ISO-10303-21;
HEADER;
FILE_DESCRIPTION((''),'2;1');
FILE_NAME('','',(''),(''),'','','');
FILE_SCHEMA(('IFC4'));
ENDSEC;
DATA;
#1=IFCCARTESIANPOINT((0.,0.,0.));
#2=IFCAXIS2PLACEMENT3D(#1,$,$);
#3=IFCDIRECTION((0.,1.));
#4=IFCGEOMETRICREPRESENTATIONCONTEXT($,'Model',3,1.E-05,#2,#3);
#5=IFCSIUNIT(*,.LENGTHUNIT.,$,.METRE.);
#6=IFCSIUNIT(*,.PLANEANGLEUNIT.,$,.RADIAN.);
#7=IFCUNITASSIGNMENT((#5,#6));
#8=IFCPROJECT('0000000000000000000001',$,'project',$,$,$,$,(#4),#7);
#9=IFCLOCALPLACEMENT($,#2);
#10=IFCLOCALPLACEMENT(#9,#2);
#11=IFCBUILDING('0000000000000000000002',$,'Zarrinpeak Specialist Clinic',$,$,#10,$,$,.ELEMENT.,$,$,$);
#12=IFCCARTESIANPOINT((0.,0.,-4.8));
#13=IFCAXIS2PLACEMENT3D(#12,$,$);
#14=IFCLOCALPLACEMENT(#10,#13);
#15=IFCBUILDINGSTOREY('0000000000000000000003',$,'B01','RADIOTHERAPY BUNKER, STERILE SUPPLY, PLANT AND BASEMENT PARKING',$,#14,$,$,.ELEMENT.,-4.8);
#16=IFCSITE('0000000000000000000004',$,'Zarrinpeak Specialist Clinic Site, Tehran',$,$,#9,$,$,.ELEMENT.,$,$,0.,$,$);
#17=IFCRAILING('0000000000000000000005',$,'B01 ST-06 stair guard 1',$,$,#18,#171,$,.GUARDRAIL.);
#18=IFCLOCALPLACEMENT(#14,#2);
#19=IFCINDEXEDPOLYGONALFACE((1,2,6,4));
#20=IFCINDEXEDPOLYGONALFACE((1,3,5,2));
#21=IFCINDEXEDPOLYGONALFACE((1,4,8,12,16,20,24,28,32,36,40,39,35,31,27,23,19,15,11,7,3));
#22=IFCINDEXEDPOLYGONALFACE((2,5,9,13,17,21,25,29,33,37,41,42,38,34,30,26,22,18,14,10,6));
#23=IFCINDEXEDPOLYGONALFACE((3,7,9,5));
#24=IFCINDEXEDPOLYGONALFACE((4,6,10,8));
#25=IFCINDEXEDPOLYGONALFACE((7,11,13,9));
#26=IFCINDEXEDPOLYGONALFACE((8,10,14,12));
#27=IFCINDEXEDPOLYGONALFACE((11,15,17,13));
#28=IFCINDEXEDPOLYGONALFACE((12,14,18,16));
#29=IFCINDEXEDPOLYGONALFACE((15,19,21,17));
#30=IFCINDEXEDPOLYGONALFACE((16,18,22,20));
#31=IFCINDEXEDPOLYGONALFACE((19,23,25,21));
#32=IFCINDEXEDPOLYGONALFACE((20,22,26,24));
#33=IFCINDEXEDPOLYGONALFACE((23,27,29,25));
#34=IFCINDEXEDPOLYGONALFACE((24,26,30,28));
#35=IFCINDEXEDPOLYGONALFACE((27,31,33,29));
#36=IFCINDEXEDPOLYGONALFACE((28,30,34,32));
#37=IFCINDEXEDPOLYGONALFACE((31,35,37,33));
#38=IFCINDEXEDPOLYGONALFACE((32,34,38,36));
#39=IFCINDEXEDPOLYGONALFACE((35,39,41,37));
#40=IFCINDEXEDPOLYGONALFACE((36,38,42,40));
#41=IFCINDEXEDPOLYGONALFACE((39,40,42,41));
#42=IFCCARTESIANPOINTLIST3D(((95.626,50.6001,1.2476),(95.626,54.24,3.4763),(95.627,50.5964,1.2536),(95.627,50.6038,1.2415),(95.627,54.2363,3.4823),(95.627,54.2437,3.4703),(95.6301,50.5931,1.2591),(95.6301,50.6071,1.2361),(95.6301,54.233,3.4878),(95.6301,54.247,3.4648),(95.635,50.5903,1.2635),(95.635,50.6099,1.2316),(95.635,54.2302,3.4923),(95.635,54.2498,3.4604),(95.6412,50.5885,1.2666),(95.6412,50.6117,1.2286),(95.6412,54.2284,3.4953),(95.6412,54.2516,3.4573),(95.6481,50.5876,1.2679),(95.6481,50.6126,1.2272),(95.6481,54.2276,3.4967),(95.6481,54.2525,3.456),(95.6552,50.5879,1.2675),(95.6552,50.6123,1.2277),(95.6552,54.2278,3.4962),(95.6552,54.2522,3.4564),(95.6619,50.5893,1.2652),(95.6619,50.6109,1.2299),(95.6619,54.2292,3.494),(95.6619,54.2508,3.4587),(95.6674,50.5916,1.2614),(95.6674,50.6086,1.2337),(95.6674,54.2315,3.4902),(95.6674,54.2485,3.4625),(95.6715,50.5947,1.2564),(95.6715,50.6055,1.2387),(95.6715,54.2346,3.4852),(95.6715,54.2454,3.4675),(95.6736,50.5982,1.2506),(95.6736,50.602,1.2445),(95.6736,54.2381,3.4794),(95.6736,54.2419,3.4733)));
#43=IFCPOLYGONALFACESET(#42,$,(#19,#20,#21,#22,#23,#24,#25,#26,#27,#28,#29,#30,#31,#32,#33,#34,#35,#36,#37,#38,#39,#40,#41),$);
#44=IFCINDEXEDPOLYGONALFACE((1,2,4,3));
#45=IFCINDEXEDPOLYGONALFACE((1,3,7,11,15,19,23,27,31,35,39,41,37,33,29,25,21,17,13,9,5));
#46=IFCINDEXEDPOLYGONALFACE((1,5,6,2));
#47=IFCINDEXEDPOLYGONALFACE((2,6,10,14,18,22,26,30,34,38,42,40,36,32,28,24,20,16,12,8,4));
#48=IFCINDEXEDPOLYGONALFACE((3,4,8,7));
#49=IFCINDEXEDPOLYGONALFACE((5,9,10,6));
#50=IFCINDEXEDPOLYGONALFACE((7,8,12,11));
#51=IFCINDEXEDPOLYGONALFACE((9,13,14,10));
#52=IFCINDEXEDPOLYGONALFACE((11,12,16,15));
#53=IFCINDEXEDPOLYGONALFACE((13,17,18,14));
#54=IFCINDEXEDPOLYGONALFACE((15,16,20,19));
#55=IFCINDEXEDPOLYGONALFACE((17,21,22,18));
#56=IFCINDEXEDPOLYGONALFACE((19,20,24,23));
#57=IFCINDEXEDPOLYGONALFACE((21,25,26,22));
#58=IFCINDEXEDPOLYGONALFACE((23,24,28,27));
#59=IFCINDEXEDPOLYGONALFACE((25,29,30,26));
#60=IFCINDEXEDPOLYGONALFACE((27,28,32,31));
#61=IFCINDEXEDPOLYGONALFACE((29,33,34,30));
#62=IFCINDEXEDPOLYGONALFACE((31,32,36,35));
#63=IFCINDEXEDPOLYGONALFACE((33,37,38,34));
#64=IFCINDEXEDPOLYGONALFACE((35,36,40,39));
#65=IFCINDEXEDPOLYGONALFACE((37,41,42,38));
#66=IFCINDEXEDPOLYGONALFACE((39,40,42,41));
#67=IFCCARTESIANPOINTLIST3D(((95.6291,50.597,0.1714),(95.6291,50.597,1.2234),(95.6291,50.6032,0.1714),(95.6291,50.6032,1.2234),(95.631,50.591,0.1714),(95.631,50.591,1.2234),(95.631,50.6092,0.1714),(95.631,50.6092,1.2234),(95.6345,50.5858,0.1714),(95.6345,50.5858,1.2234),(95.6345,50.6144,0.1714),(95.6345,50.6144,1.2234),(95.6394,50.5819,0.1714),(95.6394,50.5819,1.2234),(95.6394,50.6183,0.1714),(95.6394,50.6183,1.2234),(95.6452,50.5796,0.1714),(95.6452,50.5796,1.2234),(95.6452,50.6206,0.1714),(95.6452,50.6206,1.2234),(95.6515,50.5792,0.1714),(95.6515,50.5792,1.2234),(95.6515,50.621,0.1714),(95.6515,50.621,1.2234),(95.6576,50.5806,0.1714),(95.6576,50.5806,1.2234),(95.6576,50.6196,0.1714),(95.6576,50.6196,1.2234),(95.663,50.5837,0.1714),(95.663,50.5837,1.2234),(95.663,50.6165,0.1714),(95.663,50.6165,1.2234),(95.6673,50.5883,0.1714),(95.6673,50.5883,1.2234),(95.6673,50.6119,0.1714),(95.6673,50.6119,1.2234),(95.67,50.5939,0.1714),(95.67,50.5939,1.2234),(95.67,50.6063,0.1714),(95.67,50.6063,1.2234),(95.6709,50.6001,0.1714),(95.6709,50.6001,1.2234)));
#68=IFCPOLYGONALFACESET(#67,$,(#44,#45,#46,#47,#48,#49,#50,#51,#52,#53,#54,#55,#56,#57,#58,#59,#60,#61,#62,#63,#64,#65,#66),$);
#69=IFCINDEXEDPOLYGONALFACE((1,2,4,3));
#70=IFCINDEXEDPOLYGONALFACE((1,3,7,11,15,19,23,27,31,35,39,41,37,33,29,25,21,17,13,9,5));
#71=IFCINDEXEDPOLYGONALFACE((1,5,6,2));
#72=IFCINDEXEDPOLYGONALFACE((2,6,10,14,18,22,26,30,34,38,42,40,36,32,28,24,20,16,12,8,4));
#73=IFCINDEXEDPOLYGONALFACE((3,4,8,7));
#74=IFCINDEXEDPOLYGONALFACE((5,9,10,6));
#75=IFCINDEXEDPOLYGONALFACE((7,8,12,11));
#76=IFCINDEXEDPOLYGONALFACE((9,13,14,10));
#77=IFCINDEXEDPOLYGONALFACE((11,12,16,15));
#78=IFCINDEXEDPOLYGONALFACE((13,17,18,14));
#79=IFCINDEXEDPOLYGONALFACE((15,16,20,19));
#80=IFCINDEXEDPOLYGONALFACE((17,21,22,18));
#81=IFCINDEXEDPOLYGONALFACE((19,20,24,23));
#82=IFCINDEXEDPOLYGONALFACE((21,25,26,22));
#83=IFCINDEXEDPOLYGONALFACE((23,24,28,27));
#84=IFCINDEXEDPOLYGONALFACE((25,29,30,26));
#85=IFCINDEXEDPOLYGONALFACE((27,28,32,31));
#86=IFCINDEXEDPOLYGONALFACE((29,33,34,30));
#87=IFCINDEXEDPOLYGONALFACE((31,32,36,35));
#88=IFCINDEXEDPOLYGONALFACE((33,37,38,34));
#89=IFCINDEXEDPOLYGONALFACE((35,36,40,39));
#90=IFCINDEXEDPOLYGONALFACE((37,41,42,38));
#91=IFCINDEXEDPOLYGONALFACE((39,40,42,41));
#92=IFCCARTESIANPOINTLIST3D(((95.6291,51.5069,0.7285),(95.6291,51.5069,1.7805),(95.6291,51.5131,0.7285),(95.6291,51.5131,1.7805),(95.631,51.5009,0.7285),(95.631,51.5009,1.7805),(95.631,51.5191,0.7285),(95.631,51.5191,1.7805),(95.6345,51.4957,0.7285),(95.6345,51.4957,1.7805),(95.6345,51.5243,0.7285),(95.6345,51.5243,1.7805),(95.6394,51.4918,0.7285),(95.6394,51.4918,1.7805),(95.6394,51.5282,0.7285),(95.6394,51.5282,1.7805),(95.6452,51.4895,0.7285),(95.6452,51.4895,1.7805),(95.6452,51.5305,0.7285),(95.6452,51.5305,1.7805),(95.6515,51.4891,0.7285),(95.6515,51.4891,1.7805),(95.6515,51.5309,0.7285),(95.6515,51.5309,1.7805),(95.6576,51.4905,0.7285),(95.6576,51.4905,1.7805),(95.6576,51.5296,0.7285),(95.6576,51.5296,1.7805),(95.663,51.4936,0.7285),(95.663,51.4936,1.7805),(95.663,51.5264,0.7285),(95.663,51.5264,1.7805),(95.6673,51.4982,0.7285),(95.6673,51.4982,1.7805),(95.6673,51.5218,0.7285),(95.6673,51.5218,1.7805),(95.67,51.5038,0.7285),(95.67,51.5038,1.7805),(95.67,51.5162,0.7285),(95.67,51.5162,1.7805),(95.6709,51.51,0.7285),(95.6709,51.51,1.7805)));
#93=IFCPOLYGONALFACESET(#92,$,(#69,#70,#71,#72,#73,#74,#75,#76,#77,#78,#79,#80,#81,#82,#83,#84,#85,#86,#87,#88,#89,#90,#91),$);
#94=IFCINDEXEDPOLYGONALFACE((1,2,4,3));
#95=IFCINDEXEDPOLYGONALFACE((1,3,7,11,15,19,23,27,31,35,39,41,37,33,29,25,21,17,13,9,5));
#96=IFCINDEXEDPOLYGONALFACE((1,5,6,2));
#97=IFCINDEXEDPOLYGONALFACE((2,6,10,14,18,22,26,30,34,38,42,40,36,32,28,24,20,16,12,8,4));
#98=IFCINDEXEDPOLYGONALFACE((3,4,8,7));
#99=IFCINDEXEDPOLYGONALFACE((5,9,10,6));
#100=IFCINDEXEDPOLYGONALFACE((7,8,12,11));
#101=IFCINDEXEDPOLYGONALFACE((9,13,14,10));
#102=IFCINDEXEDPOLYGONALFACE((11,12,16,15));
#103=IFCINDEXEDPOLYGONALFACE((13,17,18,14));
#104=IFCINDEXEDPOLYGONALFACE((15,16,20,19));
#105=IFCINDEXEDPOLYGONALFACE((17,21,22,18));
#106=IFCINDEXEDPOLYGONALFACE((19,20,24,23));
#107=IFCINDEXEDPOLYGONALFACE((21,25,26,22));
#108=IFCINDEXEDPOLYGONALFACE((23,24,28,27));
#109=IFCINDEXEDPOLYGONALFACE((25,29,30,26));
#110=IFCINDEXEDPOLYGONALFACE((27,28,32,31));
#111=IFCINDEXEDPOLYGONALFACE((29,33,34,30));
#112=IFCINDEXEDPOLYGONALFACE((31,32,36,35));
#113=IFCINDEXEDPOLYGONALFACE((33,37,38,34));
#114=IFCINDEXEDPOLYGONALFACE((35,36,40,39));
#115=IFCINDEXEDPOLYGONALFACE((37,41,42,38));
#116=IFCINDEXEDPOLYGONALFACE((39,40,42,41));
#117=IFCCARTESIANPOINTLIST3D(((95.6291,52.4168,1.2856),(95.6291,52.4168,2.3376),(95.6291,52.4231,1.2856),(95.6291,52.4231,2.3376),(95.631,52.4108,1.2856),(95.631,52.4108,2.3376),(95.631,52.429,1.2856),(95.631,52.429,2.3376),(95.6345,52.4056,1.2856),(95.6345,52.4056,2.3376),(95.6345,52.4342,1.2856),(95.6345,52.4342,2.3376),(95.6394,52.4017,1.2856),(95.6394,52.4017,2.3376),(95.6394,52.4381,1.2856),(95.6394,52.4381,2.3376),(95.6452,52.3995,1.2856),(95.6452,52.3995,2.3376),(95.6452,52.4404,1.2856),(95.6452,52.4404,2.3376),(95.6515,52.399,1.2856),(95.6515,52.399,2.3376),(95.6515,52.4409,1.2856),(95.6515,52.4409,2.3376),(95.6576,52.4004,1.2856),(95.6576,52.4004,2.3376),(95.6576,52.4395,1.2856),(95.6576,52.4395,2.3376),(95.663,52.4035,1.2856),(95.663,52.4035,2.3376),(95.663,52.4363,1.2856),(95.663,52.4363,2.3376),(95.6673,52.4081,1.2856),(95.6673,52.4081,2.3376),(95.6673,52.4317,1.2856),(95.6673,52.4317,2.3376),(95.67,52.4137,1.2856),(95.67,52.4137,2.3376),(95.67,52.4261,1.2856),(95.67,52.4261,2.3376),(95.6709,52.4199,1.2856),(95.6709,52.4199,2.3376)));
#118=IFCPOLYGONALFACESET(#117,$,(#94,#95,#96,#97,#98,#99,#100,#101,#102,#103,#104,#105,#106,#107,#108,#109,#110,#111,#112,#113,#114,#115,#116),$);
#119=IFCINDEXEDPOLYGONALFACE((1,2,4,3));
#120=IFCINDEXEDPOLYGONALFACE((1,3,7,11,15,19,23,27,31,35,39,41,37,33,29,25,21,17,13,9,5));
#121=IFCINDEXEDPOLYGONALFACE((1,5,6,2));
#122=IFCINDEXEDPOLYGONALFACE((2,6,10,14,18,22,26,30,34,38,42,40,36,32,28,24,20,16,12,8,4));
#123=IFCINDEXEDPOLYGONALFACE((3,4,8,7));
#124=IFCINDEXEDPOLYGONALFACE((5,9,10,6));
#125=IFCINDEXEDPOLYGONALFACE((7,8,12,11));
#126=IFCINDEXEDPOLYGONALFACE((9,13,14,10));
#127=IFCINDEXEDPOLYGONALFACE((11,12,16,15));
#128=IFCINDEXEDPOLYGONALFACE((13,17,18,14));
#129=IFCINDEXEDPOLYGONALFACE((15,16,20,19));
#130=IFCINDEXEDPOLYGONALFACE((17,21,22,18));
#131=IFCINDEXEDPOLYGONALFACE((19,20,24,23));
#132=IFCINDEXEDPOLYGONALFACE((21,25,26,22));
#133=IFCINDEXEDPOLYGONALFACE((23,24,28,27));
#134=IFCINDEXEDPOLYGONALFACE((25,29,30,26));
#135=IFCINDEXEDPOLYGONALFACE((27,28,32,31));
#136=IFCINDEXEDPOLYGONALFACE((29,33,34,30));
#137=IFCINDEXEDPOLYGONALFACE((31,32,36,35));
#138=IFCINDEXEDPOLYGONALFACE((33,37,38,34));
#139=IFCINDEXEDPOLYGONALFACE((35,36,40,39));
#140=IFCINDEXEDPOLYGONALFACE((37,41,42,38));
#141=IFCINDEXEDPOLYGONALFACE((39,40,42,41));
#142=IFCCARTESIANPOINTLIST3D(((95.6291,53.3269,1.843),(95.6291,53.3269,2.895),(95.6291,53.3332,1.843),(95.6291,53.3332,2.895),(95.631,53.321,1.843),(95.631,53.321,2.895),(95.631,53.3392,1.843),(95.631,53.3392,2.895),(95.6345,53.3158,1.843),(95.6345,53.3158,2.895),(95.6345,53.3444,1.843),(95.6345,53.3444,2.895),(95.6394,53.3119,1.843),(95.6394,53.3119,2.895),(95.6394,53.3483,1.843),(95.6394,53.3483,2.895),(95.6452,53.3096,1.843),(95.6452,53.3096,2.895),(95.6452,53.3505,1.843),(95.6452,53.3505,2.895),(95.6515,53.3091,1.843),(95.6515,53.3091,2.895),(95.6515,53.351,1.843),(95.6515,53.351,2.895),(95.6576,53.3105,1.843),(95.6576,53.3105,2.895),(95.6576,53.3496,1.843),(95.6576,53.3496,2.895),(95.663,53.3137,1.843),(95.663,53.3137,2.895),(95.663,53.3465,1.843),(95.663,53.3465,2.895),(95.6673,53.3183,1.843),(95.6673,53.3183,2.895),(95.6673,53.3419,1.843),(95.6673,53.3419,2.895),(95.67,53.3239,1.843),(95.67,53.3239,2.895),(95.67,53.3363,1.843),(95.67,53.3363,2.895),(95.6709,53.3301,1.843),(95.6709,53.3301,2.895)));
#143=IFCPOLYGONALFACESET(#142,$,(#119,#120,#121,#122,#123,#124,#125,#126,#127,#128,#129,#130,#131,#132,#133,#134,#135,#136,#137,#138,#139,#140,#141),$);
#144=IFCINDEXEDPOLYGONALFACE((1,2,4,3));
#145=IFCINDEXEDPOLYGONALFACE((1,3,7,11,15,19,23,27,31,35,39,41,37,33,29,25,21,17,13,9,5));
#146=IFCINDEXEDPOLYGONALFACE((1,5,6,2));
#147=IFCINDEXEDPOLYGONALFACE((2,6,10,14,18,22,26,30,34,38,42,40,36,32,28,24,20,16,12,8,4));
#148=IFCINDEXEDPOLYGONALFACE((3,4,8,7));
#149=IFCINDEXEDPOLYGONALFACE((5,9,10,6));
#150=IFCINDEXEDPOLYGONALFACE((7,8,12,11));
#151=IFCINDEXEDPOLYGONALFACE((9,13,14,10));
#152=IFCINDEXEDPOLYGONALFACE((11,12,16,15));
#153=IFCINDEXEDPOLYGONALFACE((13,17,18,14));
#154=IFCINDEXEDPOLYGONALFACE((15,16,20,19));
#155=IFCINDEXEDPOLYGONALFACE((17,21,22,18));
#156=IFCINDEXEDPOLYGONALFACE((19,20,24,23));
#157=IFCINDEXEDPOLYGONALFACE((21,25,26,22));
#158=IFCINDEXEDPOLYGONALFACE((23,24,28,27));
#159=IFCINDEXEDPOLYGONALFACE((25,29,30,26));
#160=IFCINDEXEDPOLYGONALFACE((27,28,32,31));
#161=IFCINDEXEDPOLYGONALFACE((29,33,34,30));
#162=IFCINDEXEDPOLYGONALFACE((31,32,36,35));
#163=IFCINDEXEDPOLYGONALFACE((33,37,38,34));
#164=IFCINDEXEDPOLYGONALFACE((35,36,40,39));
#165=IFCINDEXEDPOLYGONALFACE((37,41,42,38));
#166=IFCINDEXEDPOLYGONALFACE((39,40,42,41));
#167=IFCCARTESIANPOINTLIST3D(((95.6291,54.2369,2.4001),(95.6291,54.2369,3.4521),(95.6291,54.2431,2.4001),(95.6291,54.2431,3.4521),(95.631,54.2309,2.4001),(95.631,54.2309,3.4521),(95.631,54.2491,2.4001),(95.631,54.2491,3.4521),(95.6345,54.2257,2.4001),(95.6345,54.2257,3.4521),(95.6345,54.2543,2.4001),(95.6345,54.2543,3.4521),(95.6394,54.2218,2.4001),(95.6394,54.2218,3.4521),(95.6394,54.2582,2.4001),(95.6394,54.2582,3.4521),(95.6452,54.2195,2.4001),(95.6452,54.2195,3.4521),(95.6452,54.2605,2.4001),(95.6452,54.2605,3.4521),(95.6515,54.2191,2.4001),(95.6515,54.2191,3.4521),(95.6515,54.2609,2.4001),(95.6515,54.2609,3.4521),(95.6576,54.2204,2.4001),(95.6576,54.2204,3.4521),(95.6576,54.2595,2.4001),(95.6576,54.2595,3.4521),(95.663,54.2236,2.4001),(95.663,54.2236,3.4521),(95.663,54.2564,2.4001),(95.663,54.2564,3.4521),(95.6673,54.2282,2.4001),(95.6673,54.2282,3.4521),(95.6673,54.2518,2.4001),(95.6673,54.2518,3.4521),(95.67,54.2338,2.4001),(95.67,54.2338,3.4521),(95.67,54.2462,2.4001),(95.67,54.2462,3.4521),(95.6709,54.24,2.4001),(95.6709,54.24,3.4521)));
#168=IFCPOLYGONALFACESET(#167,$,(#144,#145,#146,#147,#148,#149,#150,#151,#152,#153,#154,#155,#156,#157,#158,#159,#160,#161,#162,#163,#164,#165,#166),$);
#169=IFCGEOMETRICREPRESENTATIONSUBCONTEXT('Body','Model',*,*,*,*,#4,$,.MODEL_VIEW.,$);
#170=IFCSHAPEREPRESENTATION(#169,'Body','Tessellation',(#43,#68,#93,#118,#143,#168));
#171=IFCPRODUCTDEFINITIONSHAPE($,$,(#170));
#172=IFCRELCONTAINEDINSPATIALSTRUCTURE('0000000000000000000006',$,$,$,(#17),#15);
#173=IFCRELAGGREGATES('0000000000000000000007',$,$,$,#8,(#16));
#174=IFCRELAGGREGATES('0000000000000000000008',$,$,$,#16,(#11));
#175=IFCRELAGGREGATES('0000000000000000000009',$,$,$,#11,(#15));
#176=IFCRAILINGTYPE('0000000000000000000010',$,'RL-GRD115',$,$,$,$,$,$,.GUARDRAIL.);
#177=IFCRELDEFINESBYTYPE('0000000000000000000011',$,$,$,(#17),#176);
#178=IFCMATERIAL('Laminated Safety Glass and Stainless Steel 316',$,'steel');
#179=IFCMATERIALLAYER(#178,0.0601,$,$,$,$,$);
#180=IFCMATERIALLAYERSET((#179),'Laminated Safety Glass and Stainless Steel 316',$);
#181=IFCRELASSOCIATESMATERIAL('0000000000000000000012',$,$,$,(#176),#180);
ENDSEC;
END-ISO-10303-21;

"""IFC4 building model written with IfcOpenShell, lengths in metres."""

from ifc_helpers import new_model, si_unit, direction, frame, origin, origin_2d, place, context, subcontext, project, spatial, circle, extrude, material, layer, layer_set, type_object, element, save


model = new_model("IFC4")

# Units and contexts
model_context = context("Model", 3, precision=1e-05, world=origin(), true_north=direction((0.0, 1.0)))
body_context = subcontext(model_context, "Body", "Model", "MODEL_VIEW")
ifc_project = project(units=[si_unit("LENGTHUNIT", "METRE"), si_unit("PLANEANGLEUNIT", "RADIAN")], contexts=[model_context])

# Site, building, storey
site_placement = place(None, origin())
site = spatial("IfcSite", under=ifc_project, at=site_placement, Name="Zarrinpeak Specialist Clinic Site, Tehran", CompositionType="ELEMENT", RefElevation=0.0)
building_placement = place(site_placement, origin())
building = spatial("IfcBuilding", under=site, at=building_placement, Name="Zarrinpeak Specialist Clinic", CompositionType="ELEMENT")
storey_placement = place(building_placement, frame((0.0, 0.0, -4.8)))
storey = spatial("IfcBuildingStorey", under=building, at=storey_placement, Name="B01", Description="RADIOTHERAPY BUNKER, STERILE SUPPLY, PLANT AND BASEMENT PARKING", CompositionType="ELEMENT", Elevation=-4.8)

# Railing
ifc_material_1 = material(Name="Laminated Safety Glass and Stainless Steel 316", Category="steel")
ifc_layer_1 = layer(ifc_material_1, 0.0601)
ifc_layer_set_1 = layer_set([ifc_layer_1], Name="Laminated Safety Glass and Stainless Steel 316")
railing_type_1 = type_object("IfcRailingType", Name="RL-GRD115", PredefinedType="GUARDRAIL", material=ifc_layer_set_1)
railing_1_placement = place(storey_placement, frame((95.6499, 50.6001, 0.1714)))
element("IfcRailing", 1, at=railing_1_placement, inside=storey, type_object=railing_type_1, Name="B01 ST-06 stair guard 1", PredefinedType="GUARDRAIL", context=body_context, shape_type="SweptSolid", body=[
    extrude(circle(Radius=0.0239, at=origin_2d()), frame((0.0, 0.0, 1.0762), z_axis=(0.0, 0.852825, 0.522197), x_axis=(-1.0, 0.0, 0.0)), (0.0, 0.0, 1.0), 4.2681),
    extrude(circle(Radius=0.021, at=origin_2d()), origin(), (0.0, 0.0, 1.0), 1.052),
    extrude(circle(Radius=0.021, at=origin_2d()), frame((0.0, 0.9099, 0.5571)), (0.0, 0.0, 1.0), 1.052),
    extrude(circle(Radius=0.021, at=origin_2d()), frame((0.0, 1.8198, 1.1143)), (0.0, 0.0, 1.0), 1.052),
    extrude(circle(Radius=0.021, at=origin_2d()), frame((0.0, 2.73, 1.6716)), (0.0, 0.0, 1.0), 1.052),
    extrude(circle(Radius=0.021, at=origin_2d()), frame((0.0, 3.6399, 2.2288)), (0.0, 0.0, 1.0), 1.052),
])

save(model, "model.ifc")
